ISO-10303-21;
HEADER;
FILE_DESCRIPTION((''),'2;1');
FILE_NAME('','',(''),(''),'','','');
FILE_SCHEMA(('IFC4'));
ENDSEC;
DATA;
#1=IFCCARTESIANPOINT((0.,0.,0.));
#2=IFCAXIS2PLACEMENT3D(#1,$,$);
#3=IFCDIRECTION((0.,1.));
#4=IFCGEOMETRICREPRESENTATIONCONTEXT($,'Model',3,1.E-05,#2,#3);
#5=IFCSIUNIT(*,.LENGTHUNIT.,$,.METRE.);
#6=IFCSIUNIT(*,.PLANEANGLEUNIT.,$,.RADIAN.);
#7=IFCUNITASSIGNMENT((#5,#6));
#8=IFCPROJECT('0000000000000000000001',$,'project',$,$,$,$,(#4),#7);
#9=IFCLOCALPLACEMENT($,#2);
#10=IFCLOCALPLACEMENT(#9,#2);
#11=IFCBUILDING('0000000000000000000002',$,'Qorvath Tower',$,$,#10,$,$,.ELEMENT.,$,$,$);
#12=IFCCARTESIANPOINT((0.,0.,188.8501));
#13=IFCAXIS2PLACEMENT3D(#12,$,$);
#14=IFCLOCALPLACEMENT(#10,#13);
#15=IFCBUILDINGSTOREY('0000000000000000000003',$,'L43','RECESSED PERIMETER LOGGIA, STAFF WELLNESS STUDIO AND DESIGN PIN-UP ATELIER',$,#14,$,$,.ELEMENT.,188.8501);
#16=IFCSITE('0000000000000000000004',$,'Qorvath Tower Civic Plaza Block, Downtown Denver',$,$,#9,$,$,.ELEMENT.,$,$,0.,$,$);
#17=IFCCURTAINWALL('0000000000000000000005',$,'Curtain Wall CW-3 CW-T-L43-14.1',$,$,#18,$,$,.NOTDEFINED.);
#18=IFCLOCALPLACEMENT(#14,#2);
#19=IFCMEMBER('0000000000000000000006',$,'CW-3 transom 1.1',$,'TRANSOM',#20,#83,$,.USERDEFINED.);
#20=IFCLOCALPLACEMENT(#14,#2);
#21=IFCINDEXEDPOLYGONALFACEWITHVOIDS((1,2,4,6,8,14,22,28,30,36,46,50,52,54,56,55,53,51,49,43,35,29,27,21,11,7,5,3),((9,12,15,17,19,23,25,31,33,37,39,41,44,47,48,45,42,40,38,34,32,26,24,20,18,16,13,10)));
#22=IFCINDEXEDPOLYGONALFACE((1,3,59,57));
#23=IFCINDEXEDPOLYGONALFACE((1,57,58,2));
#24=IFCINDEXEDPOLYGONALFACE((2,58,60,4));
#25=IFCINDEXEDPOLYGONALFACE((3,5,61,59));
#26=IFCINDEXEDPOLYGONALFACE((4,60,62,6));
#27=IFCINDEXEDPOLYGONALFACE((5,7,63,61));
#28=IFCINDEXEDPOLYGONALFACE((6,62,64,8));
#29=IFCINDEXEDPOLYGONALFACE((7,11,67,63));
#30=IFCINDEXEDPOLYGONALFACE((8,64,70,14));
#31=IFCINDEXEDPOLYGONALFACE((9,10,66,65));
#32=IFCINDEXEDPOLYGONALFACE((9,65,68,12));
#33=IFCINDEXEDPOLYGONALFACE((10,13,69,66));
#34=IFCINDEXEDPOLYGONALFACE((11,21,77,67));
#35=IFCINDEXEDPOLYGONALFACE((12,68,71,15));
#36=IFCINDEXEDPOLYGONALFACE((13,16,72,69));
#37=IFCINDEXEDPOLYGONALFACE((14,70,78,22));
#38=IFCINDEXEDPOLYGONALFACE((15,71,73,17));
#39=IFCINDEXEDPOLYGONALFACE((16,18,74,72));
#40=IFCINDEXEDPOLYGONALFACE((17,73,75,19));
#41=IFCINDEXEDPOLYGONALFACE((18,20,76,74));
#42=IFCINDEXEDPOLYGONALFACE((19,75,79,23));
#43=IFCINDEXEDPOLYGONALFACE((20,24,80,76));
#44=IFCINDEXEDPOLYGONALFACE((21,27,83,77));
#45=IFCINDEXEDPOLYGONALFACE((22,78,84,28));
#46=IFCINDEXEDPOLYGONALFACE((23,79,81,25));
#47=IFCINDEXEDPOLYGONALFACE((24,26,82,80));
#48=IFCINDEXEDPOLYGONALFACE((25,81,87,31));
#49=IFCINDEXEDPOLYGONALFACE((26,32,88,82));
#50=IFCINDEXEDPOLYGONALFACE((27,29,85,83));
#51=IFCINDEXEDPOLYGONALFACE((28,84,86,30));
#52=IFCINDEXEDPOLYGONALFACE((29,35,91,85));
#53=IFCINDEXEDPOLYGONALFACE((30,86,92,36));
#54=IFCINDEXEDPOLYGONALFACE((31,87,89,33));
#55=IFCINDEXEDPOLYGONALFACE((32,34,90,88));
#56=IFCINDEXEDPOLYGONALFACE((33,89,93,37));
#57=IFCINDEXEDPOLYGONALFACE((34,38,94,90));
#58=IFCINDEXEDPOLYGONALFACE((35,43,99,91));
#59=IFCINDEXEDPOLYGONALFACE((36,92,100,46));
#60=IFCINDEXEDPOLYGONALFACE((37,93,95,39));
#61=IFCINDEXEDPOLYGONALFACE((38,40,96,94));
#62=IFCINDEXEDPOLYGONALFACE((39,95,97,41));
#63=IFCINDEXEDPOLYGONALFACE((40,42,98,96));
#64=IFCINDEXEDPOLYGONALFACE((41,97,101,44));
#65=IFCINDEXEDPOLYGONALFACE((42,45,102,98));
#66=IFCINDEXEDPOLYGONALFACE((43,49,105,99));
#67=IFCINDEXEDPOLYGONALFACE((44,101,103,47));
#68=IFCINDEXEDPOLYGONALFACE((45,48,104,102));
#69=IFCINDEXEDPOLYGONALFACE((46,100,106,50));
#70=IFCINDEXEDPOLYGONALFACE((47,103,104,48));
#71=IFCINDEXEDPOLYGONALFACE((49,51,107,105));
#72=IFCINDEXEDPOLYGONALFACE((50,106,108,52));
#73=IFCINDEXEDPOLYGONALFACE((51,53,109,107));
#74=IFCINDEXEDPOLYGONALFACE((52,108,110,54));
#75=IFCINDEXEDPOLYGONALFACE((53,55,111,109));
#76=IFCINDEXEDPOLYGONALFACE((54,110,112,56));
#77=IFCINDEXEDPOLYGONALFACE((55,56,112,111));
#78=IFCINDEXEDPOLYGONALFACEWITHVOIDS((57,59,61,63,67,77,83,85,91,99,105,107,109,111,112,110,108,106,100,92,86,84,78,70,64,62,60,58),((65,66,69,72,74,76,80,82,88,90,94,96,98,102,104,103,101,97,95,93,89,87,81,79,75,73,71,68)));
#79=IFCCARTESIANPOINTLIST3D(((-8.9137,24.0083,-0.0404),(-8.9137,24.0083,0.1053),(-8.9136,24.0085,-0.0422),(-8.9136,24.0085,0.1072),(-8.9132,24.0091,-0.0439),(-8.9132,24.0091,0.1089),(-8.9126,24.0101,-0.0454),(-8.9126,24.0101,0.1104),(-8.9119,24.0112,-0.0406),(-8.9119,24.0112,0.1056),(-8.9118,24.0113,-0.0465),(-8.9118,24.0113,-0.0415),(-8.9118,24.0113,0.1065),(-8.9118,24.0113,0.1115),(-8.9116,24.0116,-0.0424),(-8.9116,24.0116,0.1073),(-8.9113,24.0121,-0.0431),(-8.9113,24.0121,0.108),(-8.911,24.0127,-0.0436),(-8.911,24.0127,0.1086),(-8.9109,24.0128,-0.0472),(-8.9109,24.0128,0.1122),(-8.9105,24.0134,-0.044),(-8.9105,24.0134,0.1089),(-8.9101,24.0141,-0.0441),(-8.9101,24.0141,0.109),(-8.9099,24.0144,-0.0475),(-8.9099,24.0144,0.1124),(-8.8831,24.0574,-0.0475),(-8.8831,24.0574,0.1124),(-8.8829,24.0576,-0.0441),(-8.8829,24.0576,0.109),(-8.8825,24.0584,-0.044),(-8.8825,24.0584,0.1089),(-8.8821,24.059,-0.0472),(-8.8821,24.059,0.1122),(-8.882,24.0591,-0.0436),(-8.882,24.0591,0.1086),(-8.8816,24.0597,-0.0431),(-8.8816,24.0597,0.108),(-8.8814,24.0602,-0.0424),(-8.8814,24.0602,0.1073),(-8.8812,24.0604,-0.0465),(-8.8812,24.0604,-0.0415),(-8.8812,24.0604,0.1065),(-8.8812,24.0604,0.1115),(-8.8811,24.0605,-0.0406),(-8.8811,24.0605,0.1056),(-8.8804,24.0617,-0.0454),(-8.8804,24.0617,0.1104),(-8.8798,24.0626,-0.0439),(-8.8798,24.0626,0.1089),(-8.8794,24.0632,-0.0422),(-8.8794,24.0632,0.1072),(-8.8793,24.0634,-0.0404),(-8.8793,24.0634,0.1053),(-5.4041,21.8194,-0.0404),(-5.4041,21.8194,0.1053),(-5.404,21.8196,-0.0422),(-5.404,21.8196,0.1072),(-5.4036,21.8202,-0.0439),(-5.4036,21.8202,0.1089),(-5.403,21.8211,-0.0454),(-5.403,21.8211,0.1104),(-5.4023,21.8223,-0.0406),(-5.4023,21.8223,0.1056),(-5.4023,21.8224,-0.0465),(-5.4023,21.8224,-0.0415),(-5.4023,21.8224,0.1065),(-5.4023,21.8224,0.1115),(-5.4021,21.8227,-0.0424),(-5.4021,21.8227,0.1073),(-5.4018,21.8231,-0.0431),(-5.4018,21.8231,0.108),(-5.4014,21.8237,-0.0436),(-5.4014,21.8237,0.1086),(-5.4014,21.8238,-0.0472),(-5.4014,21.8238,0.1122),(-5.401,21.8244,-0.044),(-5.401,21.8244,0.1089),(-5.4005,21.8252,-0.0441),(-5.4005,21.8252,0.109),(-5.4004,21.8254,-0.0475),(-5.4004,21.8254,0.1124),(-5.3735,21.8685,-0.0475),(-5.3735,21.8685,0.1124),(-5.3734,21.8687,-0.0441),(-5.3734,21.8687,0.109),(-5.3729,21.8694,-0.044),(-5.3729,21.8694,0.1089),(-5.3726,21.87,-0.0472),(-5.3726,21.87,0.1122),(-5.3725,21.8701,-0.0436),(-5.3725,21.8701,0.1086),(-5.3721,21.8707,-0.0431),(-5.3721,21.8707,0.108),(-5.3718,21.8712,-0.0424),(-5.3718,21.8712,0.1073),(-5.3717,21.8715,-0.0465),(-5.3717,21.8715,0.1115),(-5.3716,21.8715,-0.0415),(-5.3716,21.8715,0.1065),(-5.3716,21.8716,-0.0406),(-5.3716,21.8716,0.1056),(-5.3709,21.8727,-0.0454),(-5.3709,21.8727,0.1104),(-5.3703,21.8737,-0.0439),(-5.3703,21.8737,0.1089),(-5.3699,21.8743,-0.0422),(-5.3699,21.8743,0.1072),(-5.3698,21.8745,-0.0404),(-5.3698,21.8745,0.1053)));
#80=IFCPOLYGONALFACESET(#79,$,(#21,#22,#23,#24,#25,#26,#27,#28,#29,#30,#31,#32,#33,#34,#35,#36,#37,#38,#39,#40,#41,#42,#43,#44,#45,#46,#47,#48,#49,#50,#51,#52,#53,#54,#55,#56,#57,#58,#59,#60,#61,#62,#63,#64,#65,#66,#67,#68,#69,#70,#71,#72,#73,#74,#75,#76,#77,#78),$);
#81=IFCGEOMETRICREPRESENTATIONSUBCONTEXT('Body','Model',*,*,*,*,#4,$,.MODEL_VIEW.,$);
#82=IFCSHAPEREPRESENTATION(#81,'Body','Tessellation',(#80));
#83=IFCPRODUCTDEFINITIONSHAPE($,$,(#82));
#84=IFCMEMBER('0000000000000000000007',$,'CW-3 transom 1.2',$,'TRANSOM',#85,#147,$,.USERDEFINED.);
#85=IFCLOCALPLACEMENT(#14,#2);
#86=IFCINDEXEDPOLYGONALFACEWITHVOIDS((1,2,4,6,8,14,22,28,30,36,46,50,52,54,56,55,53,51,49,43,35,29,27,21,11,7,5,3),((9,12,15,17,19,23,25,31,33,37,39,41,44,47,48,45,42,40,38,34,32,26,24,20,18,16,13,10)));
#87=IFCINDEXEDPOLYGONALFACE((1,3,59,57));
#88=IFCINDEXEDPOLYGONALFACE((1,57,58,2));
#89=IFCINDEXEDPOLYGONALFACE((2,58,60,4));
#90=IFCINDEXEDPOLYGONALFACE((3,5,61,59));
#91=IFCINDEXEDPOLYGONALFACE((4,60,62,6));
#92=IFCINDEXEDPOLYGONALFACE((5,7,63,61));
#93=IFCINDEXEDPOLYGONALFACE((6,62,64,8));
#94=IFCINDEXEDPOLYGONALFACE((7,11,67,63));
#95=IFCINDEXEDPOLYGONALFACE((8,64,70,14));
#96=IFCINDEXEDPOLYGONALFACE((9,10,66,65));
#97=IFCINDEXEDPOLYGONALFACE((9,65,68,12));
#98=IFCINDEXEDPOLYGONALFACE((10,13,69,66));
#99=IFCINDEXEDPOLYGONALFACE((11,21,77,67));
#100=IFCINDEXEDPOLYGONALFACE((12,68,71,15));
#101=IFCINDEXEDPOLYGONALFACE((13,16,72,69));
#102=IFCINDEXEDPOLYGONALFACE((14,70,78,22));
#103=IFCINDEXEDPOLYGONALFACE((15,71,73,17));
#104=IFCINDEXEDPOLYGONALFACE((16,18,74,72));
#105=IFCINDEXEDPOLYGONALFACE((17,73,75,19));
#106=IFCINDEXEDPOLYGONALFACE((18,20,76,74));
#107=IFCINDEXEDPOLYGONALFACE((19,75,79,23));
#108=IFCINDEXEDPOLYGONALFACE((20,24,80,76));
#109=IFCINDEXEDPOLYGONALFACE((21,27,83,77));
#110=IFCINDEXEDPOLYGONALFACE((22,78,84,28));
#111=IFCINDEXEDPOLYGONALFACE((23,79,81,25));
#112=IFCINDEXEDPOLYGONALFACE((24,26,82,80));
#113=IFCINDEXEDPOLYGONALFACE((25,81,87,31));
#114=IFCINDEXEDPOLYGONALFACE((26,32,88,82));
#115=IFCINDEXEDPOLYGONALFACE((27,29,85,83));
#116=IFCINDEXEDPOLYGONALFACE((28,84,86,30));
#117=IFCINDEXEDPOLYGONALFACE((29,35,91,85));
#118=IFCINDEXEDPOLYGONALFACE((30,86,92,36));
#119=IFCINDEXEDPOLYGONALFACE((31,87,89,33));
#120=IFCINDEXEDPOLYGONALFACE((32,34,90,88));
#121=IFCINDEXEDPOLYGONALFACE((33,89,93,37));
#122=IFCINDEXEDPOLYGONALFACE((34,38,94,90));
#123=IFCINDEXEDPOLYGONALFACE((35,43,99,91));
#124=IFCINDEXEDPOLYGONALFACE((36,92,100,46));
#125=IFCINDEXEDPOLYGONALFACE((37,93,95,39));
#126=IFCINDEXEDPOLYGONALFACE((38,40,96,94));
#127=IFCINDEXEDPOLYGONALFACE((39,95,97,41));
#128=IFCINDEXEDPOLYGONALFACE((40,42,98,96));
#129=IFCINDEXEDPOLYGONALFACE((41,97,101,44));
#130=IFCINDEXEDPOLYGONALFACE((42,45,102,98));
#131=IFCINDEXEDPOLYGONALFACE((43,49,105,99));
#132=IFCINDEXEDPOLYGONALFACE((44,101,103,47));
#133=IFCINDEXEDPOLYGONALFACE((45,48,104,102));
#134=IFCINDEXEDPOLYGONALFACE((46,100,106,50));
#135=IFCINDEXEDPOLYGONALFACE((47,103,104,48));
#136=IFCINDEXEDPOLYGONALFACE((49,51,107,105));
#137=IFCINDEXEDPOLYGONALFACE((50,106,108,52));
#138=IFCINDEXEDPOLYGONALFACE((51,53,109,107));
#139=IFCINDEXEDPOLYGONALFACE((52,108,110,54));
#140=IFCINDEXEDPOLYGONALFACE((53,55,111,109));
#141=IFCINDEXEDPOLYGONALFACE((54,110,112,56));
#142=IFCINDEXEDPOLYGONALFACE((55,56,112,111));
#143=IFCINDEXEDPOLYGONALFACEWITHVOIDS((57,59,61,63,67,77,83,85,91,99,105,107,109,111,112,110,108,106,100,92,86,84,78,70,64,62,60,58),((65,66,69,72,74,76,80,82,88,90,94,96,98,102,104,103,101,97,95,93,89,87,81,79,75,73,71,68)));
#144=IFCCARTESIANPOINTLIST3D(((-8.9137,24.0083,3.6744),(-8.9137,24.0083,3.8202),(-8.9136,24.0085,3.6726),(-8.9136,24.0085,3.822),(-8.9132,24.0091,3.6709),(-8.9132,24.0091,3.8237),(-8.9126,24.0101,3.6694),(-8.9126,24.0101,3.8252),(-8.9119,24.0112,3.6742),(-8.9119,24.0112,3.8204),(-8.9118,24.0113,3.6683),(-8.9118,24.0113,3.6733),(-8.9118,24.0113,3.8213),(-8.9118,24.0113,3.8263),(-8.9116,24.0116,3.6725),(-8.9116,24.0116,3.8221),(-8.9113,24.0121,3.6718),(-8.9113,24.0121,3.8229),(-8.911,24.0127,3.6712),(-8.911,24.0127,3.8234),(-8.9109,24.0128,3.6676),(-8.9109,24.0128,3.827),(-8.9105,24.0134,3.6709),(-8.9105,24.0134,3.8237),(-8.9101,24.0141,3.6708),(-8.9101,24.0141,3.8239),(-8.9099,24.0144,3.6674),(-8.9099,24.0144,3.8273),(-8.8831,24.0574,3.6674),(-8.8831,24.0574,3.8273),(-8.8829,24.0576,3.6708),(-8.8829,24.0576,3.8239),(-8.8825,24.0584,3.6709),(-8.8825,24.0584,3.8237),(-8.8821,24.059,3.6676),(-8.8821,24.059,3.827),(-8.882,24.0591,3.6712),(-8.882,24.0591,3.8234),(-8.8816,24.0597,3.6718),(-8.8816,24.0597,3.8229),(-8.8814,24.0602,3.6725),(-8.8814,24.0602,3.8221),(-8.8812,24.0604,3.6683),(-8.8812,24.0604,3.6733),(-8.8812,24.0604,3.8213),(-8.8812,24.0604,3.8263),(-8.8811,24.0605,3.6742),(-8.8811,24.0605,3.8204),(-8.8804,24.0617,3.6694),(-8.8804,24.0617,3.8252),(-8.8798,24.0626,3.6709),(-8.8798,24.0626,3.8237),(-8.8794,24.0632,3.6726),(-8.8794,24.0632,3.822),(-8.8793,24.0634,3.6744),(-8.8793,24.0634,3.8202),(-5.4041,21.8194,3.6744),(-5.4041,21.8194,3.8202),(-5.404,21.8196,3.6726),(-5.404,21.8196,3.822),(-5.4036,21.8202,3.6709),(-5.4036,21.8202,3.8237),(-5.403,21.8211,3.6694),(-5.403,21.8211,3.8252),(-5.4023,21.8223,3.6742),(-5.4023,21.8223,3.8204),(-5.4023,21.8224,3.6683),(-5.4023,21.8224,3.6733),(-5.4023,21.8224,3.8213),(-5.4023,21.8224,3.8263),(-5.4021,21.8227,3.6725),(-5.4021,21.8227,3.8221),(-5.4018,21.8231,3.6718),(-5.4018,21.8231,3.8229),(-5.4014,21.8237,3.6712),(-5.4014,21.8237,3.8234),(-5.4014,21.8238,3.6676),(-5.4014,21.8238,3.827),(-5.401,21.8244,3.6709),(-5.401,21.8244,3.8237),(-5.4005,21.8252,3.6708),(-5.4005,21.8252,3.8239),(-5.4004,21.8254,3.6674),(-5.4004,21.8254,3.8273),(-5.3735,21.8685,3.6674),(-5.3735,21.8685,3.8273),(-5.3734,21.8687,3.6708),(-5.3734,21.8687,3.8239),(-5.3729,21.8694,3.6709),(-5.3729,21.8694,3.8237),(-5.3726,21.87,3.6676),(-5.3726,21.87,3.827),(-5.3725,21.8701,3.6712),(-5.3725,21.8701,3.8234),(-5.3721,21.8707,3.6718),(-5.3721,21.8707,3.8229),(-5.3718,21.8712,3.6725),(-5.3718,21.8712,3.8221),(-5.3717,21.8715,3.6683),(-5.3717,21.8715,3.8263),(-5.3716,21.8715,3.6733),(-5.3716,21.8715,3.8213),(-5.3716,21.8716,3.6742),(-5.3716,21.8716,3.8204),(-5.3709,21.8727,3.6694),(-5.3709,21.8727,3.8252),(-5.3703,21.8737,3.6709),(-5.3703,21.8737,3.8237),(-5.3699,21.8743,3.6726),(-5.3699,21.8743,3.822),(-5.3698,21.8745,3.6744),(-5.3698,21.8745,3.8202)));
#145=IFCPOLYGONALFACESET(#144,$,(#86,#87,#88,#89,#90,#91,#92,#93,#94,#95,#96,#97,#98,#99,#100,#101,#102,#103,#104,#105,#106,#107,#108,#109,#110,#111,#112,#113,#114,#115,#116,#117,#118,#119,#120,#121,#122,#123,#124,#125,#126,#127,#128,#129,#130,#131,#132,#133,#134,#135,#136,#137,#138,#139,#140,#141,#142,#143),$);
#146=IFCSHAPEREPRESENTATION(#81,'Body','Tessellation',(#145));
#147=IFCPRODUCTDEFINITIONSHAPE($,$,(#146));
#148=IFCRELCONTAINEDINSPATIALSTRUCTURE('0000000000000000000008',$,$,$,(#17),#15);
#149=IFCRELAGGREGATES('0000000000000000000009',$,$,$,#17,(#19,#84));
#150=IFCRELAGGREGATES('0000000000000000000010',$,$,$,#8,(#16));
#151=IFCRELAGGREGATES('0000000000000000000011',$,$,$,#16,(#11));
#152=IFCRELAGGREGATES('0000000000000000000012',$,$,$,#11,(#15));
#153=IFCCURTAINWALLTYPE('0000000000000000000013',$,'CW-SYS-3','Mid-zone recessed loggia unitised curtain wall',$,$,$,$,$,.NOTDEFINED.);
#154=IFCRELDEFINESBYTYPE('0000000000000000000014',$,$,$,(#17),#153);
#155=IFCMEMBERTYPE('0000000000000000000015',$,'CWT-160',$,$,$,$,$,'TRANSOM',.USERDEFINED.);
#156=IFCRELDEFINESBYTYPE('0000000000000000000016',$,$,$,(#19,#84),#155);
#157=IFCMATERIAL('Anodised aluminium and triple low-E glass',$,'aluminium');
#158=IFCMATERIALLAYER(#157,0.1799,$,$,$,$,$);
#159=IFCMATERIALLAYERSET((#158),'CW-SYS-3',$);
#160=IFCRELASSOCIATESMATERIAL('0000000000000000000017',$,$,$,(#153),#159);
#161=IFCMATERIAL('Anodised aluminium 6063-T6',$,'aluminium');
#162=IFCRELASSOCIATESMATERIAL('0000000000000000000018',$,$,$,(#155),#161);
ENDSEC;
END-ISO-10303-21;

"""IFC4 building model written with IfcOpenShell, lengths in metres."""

from ifc_helpers import new_model, si_unit, direction, frame, origin, origin_2d, place, context, subcontext, project, spatial, hollow_rectangle, extrude, material, layer, layer_set, material_profile, profile_set, type_object, element, aggregate, save


model = new_model("IFC4")

# Units and contexts
model_context = context("Model", 3, precision=1e-05, world=origin(), true_north=direction((0.0, 1.0)))
body_context = subcontext(model_context, "Body", "Model", "MODEL_VIEW")
ifc_project = project(units=[si_unit("LENGTHUNIT", "METRE"), si_unit("PLANEANGLEUNIT", "RADIAN")], contexts=[model_context])

# Site, building, storey
site_placement = place(None, origin())
site = spatial("IfcSite", under=ifc_project, at=site_placement, Name="Qorvath Tower Civic Plaza Block, Downtown Denver", CompositionType="ELEMENT", RefElevation=0.0)
building_placement = place(site_placement, origin())
building = spatial("IfcBuilding", under=site, at=building_placement, Name="Qorvath Tower", CompositionType="ELEMENT")
storey_placement = place(building_placement, frame((0.0, 0.0, 188.8501)))
storey = spatial("IfcBuildingStorey", under=building, at=storey_placement, Name="L43", Description="RECESSED PERIMETER LOGGIA, STAFF WELLNESS STUDIO AND DESIGN PIN-UP ATELIER", CompositionType="ELEMENT", Elevation=188.8501)

# Shared definitions
ifc_material_1 = material(Name="Anodised aluminium and triple low-E glass", Category="aluminium")
ifc_layer_1 = layer(ifc_material_1, 0.1799)
ifc_layer_set_1 = layer_set([ifc_layer_1], Name="CW-SYS-3")
curtain_wall_type = type_object("IfcCurtainWallType", Name="CW-SYS-3", Description="Mid-zone recessed loggia unitised curtain wall", PredefinedType="NOTDEFINED", material=ifc_layer_set_1)

# Curtain wall
curtain_wall_1_placement = place(storey_placement, origin())
curtain_wall_1 = element("IfcCurtainWall", 1, at=curtain_wall_1_placement, inside=storey, type_object=curtain_wall_type, Name="Curtain Wall CW-3 CW-T-L43-14.1", PredefinedType="NOTDEFINED")

# Members
ifc_material_2 = material(Name="Anodised aluminium 6063-T6", Category="aluminium")
ifc_material_profile_1 = material_profile(ifc_material_2, hollow_rectangle(XDim=0.0649, YDim=0.1599, WallThickness=0.0034, InnerFilletRadius=0.0034, OuterFilletRadius=0.0071, at=origin_2d()), Name="CWT 160x65")
ifc_profile_set_1 = profile_set([ifc_material_profile_1], Name="Anodised aluminium 6063-T6")
member_type_1 = type_object("IfcMemberType", Name="CWT-160", ElementType="TRANSOM", PredefinedType="USERDEFINED", material=ifc_profile_set_1)
member_1_placement = place(storey_placement, frame((-5.387, 21.8469, 0.0325), z_axis=(-0.848485, 0.529219, 0.0), x_axis=(-0.529219, -0.848485, 0.0)))
member_1 = element("IfcMember", 2, at=member_1_placement, type_object=member_type_1, Name="CW-3 transom 1.1", ObjectType="TRANSOM", PredefinedType="USERDEFINED", context=body_context, shape_type="SweptSolid", body=[
    extrude(hollow_rectangle(XDim=0.0649, YDim=0.1599, WallThickness=0.0034, InnerFilletRadius=0.0034, OuterFilletRadius=0.0071, at=origin_2d()), origin(), (0.0, 0.0, 1.0), 4.1362),
])
member_2_placement = place(storey_placement, frame((-5.387, 21.8469, 3.7473), z_axis=(-0.848485, 0.529219, 0.0), x_axis=(-0.529219, -0.848485, 0.0)))
member_2 = element("IfcMember", 3, at=member_2_placement, type_object=member_type_1, Name="CW-3 transom 1.2", ObjectType="TRANSOM", PredefinedType="USERDEFINED", context=body_context, shape_type="SweptSolid", body=[
    extrude(hollow_rectangle(XDim=0.0649, YDim=0.1599, WallThickness=0.0034, InnerFilletRadius=0.0034, OuterFilletRadius=0.0071, at=origin_2d()), origin(), (0.0, 0.0, 1.0), 4.1362),
])

aggregate(curtain_wall_1, [member_1, member_2])

save(model, "model.ifc")
